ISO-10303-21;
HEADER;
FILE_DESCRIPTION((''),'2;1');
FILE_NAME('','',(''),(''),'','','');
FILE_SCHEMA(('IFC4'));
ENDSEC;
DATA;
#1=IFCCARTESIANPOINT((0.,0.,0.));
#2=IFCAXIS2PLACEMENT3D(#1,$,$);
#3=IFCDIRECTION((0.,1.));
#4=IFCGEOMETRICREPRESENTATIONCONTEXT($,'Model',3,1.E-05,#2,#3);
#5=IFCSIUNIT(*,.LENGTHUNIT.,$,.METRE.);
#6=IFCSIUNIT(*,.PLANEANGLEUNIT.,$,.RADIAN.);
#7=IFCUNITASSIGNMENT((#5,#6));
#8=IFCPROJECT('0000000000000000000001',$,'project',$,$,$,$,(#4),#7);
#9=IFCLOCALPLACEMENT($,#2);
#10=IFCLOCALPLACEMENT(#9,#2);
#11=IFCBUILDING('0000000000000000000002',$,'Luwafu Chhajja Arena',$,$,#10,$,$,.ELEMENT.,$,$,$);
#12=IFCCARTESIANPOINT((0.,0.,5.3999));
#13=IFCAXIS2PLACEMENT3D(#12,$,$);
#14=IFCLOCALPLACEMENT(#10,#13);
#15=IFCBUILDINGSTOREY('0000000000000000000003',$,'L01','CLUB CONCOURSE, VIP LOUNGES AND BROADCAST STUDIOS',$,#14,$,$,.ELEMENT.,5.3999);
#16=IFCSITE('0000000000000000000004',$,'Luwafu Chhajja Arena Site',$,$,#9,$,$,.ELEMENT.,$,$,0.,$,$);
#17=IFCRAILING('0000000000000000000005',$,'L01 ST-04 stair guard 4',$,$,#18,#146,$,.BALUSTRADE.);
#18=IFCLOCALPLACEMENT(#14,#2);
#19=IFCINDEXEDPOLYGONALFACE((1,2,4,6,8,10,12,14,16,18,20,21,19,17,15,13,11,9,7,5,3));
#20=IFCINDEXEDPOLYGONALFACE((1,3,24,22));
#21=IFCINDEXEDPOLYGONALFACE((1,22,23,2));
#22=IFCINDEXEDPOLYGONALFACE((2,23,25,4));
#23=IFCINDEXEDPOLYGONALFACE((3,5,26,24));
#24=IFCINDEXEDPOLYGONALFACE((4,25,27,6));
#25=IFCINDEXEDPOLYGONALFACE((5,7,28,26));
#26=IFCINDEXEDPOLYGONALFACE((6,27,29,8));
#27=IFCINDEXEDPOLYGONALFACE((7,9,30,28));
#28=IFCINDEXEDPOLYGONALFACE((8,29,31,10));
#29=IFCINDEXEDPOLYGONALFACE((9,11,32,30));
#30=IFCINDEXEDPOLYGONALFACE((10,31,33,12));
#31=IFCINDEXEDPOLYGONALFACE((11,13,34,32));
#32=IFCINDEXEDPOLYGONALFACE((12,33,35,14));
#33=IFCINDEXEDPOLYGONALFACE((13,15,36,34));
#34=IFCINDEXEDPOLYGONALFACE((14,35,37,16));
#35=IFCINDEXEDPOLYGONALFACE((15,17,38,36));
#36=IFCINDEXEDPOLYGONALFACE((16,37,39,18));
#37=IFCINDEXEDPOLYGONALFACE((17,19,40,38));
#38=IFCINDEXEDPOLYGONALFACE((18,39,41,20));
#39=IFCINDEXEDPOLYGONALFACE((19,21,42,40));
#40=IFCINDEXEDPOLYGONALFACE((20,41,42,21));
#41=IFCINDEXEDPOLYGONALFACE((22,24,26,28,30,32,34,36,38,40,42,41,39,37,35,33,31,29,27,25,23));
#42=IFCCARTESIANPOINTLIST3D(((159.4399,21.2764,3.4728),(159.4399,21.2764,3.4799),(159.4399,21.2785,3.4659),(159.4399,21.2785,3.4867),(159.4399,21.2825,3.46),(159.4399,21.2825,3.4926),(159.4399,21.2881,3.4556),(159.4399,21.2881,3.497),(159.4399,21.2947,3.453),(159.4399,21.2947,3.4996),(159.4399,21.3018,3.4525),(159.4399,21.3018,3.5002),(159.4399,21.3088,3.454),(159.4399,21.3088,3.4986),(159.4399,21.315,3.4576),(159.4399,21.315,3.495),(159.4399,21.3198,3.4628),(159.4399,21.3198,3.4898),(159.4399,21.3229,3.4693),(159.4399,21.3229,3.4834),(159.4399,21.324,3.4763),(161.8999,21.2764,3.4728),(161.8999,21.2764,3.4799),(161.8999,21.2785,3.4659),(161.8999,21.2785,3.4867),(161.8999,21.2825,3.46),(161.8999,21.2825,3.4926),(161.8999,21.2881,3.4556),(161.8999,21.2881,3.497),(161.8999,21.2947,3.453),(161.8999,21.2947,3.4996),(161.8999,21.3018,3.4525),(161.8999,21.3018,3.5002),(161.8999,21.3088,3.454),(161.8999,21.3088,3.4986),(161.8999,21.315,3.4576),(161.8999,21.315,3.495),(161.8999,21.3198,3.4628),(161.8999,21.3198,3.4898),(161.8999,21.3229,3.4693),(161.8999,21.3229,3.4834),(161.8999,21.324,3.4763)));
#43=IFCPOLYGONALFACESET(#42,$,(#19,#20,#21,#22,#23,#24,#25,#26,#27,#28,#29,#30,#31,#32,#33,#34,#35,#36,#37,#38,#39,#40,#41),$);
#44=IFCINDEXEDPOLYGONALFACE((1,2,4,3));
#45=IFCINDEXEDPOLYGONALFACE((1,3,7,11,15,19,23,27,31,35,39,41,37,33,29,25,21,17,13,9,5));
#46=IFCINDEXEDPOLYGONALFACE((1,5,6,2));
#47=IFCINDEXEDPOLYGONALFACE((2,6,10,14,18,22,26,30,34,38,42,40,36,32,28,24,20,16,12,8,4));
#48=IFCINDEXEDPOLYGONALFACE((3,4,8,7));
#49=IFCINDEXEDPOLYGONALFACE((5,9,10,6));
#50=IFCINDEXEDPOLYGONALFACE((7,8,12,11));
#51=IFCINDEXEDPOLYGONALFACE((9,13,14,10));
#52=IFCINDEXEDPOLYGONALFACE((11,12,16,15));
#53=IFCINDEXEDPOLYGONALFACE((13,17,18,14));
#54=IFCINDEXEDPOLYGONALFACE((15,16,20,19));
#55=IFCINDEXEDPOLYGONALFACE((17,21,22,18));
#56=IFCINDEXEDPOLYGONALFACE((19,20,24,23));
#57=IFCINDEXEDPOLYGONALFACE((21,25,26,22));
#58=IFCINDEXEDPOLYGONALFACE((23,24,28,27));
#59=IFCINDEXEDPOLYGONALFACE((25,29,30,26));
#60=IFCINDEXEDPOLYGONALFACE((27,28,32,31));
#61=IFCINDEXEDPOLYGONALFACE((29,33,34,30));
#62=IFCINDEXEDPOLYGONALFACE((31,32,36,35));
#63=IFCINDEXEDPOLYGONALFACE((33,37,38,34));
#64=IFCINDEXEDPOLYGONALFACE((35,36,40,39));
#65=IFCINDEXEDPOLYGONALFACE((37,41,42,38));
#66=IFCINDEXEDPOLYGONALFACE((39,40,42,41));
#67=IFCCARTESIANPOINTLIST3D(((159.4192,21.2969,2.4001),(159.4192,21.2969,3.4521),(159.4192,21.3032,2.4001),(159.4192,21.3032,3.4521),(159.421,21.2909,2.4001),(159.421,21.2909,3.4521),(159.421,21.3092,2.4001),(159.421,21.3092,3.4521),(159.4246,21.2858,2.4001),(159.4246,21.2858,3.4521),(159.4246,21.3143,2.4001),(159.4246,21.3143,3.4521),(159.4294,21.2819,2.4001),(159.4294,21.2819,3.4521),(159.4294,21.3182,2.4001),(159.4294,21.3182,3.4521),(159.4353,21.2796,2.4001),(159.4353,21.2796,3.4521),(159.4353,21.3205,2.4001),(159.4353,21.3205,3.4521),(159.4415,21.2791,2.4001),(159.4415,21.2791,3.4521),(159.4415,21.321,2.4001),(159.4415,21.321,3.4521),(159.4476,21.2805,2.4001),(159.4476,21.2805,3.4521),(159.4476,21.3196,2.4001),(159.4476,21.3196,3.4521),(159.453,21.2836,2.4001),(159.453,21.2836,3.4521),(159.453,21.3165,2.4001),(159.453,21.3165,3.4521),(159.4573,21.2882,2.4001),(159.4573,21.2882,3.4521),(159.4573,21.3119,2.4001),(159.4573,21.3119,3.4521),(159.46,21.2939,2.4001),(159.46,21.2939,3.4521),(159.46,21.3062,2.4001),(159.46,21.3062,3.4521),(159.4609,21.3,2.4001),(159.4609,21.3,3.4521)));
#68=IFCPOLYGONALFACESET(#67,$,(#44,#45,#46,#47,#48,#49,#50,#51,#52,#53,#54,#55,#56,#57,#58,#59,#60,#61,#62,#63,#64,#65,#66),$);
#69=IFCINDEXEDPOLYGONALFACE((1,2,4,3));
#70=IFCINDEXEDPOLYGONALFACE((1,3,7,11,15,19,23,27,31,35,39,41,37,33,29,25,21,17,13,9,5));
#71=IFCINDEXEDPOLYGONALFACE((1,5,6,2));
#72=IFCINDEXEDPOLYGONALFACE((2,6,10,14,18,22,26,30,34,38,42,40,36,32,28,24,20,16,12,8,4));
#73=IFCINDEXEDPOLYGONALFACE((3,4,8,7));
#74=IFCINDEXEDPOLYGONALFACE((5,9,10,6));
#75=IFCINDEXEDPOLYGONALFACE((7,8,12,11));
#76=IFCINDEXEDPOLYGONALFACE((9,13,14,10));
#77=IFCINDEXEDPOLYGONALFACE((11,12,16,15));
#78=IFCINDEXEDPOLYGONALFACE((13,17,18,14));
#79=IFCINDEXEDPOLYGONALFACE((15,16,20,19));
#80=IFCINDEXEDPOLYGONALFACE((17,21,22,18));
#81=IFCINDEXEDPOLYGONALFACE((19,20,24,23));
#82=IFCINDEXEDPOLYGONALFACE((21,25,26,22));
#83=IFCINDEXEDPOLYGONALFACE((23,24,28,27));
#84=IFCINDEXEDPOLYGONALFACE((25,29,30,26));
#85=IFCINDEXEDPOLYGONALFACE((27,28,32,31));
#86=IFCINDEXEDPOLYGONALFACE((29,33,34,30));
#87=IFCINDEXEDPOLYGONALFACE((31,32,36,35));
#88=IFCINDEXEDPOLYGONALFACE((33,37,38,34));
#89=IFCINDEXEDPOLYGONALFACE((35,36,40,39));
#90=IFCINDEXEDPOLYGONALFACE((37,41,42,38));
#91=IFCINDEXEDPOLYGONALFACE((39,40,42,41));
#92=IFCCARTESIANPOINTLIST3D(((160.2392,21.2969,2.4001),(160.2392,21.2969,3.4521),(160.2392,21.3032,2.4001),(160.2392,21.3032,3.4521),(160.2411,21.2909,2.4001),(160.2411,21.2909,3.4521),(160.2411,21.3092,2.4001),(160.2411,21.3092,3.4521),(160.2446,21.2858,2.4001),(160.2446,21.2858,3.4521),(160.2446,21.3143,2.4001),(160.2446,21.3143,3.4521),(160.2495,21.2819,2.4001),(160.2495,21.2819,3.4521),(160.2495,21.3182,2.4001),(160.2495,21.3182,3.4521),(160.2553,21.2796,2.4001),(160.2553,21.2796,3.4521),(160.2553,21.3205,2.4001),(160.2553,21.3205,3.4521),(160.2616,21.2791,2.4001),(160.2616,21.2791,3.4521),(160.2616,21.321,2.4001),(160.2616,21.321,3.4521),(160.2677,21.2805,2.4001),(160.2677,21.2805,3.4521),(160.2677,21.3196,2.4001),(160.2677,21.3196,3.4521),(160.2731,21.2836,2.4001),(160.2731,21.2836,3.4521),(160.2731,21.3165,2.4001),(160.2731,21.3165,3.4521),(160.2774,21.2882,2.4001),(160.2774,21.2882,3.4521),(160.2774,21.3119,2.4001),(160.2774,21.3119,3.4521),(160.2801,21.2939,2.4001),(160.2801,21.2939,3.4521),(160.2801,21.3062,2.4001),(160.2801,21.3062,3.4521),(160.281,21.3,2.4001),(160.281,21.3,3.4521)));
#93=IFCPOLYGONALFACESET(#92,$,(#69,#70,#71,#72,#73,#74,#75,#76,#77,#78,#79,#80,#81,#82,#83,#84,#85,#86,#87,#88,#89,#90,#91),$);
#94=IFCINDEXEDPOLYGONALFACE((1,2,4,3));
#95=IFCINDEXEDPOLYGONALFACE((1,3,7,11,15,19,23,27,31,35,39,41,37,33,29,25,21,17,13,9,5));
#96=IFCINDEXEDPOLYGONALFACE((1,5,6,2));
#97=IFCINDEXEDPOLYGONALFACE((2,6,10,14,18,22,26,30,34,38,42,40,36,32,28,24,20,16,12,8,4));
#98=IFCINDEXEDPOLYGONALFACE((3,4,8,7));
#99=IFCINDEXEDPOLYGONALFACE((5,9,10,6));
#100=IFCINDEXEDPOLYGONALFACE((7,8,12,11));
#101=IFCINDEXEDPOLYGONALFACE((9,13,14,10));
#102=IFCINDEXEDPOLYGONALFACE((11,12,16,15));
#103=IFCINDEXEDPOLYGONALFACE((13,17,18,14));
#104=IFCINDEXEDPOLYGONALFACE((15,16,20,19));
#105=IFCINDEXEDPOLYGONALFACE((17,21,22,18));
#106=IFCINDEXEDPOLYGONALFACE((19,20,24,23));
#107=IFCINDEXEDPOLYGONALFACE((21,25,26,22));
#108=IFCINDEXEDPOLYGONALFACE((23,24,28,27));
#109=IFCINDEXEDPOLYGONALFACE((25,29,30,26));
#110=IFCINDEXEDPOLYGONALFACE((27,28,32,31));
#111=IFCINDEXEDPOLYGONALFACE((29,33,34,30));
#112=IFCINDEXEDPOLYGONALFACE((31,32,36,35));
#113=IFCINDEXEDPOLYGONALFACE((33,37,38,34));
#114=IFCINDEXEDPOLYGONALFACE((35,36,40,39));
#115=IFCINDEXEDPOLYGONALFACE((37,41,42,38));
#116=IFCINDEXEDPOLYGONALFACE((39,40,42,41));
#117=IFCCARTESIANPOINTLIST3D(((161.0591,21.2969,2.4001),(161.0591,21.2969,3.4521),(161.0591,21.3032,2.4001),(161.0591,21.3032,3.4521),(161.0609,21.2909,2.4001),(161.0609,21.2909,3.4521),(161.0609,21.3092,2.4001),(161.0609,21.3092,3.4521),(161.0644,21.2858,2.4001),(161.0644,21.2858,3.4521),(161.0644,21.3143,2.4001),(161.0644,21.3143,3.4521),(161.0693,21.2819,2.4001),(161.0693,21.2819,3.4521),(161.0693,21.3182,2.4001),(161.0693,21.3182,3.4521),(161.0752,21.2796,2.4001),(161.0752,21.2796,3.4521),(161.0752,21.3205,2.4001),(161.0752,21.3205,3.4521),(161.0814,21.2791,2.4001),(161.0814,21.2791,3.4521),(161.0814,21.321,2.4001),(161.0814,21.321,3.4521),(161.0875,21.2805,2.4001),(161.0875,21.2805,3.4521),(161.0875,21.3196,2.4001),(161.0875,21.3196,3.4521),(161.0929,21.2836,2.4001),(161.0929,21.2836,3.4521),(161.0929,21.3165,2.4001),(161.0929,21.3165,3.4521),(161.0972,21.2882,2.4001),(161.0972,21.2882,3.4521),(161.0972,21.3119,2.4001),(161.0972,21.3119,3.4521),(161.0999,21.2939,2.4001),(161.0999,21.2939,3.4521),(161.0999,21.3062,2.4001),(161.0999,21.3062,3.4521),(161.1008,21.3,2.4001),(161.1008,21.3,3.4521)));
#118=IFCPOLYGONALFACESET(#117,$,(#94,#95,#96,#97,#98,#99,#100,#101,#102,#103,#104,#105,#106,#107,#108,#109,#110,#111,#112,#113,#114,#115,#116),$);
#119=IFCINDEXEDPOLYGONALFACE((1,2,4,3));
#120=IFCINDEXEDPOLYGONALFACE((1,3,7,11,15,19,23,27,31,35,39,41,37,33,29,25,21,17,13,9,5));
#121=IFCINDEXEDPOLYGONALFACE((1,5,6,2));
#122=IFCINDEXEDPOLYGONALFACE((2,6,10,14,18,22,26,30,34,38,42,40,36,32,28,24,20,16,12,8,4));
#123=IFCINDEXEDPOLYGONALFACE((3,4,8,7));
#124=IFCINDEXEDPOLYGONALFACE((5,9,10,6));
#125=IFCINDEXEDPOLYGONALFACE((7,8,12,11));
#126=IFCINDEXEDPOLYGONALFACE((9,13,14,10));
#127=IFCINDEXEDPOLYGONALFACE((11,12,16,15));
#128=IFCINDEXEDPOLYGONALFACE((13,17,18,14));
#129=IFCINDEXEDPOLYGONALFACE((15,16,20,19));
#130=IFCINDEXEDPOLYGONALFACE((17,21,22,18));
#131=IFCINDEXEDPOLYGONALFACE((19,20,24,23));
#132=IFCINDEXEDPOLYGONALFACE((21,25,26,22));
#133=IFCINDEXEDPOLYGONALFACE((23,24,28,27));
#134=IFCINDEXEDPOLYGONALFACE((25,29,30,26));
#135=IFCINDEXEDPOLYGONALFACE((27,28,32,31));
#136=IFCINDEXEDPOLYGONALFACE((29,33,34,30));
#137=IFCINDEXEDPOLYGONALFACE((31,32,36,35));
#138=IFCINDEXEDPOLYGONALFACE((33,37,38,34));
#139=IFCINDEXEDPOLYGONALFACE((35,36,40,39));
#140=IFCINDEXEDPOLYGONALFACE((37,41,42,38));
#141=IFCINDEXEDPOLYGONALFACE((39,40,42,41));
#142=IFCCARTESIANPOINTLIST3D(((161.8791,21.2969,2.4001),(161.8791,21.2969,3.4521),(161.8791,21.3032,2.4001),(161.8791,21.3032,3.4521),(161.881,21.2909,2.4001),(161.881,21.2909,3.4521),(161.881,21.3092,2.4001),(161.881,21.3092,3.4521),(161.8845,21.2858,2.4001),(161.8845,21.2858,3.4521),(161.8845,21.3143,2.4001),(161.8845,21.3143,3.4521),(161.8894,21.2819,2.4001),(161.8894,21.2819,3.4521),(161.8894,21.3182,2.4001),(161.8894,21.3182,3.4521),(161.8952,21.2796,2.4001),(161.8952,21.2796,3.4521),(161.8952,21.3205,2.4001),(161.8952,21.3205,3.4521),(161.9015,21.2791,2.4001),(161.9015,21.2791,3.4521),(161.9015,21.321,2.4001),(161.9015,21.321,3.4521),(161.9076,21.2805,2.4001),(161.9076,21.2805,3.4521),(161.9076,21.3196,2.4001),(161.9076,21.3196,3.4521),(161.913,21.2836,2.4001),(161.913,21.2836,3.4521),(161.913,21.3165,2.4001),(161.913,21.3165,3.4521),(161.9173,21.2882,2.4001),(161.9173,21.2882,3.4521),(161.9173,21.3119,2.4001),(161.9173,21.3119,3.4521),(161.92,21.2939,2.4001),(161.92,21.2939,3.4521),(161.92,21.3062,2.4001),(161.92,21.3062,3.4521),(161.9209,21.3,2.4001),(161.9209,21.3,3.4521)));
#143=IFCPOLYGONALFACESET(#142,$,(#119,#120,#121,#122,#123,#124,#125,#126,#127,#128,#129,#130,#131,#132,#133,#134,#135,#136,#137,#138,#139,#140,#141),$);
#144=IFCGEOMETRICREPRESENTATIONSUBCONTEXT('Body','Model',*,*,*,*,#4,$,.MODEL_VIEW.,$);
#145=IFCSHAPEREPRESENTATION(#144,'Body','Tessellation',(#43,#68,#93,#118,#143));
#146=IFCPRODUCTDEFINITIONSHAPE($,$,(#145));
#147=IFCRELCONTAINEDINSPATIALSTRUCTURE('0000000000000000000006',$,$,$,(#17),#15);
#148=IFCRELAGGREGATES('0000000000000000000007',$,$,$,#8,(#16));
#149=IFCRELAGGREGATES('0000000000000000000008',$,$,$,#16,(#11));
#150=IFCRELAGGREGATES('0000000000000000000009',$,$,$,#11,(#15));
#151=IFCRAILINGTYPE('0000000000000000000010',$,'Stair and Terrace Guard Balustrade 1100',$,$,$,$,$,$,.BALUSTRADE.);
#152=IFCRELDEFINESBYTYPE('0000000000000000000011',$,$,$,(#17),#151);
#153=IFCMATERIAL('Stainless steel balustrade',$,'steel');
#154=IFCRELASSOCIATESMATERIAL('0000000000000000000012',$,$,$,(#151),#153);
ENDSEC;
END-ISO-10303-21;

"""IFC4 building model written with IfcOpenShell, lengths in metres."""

from ifc_helpers import new_model, si_unit, direction, frame, origin, origin_2d, place, context, subcontext, project, spatial, circle, extrude, material, type_object, element, save


model = new_model("IFC4")

# Units and contexts
model_context = context("Model", 3, precision=1e-05, world=origin(), true_north=direction((0.0, 1.0)))
body_context = subcontext(model_context, "Body", "Model", "MODEL_VIEW")
ifc_project = project(units=[si_unit("LENGTHUNIT", "METRE"), si_unit("PLANEANGLEUNIT", "RADIAN")], contexts=[model_context])

# Site, building, storey
site_placement = place(None, origin())
site = spatial("IfcSite", under=ifc_project, at=site_placement, Name="Luwafu Chhajja Arena Site", CompositionType="ELEMENT", RefElevation=0.0)
building_placement = place(site_placement, origin())
building = spatial("IfcBuilding", under=site, at=building_placement, Name="Luwafu Chhajja Arena", CompositionType="ELEMENT")
storey_placement = place(building_placement, frame((0.0, 0.0, 5.3999)))
storey = spatial("IfcBuildingStorey", under=building, at=storey_placement, Name="L01", Description="CLUB CONCOURSE, VIP LOUNGES AND BROADCAST STUDIOS", CompositionType="ELEMENT", Elevation=5.3999)

# Railing
ifc_material_1 = material(Name="Stainless steel balustrade", Category="steel")
railing_type_1 = type_object("IfcRailingType", Name="Stair and Terrace Guard Balustrade 1100", PredefinedType="BALUSTRADE", material=ifc_material_1)
railing_1_placement = place(storey_placement, frame((159.4399, 21.3, 2.4001)))
element("IfcRailing", 1, at=railing_1_placement, inside=storey, type_object=railing_type_1, Name="L01 ST-04 stair guard 4", PredefinedType="BALUSTRADE", context=body_context, shape_type="SweptSolid", body=[
    extrude(circle(Radius=0.0239, at=origin_2d()), frame((0.0, 0.0, 1.0762), z_axis=(1.0, 0.0, 0.0), x_axis=(0.0, 1.0, 0.0)), (0.0, 0.0, 1.0), 2.46),
    extrude(circle(Radius=0.021, at=origin_2d()), origin(), (0.0, 0.0, 1.0), 1.052),
    extrude(circle(Radius=0.021, at=origin_2d()), frame((0.8201, 0.0, 0.0)), (0.0, 0.0, 1.0), 1.052),
    extrude(circle(Radius=0.021, at=origin_2d()), frame((1.6399, 0.0, 0.0)), (0.0, 0.0, 1.0), 1.052),
    extrude(circle(Radius=0.021, at=origin_2d()), frame((2.46, 0.0, 0.0)), (0.0, 0.0, 1.0), 1.052),
])

save(model, "model.ifc")
